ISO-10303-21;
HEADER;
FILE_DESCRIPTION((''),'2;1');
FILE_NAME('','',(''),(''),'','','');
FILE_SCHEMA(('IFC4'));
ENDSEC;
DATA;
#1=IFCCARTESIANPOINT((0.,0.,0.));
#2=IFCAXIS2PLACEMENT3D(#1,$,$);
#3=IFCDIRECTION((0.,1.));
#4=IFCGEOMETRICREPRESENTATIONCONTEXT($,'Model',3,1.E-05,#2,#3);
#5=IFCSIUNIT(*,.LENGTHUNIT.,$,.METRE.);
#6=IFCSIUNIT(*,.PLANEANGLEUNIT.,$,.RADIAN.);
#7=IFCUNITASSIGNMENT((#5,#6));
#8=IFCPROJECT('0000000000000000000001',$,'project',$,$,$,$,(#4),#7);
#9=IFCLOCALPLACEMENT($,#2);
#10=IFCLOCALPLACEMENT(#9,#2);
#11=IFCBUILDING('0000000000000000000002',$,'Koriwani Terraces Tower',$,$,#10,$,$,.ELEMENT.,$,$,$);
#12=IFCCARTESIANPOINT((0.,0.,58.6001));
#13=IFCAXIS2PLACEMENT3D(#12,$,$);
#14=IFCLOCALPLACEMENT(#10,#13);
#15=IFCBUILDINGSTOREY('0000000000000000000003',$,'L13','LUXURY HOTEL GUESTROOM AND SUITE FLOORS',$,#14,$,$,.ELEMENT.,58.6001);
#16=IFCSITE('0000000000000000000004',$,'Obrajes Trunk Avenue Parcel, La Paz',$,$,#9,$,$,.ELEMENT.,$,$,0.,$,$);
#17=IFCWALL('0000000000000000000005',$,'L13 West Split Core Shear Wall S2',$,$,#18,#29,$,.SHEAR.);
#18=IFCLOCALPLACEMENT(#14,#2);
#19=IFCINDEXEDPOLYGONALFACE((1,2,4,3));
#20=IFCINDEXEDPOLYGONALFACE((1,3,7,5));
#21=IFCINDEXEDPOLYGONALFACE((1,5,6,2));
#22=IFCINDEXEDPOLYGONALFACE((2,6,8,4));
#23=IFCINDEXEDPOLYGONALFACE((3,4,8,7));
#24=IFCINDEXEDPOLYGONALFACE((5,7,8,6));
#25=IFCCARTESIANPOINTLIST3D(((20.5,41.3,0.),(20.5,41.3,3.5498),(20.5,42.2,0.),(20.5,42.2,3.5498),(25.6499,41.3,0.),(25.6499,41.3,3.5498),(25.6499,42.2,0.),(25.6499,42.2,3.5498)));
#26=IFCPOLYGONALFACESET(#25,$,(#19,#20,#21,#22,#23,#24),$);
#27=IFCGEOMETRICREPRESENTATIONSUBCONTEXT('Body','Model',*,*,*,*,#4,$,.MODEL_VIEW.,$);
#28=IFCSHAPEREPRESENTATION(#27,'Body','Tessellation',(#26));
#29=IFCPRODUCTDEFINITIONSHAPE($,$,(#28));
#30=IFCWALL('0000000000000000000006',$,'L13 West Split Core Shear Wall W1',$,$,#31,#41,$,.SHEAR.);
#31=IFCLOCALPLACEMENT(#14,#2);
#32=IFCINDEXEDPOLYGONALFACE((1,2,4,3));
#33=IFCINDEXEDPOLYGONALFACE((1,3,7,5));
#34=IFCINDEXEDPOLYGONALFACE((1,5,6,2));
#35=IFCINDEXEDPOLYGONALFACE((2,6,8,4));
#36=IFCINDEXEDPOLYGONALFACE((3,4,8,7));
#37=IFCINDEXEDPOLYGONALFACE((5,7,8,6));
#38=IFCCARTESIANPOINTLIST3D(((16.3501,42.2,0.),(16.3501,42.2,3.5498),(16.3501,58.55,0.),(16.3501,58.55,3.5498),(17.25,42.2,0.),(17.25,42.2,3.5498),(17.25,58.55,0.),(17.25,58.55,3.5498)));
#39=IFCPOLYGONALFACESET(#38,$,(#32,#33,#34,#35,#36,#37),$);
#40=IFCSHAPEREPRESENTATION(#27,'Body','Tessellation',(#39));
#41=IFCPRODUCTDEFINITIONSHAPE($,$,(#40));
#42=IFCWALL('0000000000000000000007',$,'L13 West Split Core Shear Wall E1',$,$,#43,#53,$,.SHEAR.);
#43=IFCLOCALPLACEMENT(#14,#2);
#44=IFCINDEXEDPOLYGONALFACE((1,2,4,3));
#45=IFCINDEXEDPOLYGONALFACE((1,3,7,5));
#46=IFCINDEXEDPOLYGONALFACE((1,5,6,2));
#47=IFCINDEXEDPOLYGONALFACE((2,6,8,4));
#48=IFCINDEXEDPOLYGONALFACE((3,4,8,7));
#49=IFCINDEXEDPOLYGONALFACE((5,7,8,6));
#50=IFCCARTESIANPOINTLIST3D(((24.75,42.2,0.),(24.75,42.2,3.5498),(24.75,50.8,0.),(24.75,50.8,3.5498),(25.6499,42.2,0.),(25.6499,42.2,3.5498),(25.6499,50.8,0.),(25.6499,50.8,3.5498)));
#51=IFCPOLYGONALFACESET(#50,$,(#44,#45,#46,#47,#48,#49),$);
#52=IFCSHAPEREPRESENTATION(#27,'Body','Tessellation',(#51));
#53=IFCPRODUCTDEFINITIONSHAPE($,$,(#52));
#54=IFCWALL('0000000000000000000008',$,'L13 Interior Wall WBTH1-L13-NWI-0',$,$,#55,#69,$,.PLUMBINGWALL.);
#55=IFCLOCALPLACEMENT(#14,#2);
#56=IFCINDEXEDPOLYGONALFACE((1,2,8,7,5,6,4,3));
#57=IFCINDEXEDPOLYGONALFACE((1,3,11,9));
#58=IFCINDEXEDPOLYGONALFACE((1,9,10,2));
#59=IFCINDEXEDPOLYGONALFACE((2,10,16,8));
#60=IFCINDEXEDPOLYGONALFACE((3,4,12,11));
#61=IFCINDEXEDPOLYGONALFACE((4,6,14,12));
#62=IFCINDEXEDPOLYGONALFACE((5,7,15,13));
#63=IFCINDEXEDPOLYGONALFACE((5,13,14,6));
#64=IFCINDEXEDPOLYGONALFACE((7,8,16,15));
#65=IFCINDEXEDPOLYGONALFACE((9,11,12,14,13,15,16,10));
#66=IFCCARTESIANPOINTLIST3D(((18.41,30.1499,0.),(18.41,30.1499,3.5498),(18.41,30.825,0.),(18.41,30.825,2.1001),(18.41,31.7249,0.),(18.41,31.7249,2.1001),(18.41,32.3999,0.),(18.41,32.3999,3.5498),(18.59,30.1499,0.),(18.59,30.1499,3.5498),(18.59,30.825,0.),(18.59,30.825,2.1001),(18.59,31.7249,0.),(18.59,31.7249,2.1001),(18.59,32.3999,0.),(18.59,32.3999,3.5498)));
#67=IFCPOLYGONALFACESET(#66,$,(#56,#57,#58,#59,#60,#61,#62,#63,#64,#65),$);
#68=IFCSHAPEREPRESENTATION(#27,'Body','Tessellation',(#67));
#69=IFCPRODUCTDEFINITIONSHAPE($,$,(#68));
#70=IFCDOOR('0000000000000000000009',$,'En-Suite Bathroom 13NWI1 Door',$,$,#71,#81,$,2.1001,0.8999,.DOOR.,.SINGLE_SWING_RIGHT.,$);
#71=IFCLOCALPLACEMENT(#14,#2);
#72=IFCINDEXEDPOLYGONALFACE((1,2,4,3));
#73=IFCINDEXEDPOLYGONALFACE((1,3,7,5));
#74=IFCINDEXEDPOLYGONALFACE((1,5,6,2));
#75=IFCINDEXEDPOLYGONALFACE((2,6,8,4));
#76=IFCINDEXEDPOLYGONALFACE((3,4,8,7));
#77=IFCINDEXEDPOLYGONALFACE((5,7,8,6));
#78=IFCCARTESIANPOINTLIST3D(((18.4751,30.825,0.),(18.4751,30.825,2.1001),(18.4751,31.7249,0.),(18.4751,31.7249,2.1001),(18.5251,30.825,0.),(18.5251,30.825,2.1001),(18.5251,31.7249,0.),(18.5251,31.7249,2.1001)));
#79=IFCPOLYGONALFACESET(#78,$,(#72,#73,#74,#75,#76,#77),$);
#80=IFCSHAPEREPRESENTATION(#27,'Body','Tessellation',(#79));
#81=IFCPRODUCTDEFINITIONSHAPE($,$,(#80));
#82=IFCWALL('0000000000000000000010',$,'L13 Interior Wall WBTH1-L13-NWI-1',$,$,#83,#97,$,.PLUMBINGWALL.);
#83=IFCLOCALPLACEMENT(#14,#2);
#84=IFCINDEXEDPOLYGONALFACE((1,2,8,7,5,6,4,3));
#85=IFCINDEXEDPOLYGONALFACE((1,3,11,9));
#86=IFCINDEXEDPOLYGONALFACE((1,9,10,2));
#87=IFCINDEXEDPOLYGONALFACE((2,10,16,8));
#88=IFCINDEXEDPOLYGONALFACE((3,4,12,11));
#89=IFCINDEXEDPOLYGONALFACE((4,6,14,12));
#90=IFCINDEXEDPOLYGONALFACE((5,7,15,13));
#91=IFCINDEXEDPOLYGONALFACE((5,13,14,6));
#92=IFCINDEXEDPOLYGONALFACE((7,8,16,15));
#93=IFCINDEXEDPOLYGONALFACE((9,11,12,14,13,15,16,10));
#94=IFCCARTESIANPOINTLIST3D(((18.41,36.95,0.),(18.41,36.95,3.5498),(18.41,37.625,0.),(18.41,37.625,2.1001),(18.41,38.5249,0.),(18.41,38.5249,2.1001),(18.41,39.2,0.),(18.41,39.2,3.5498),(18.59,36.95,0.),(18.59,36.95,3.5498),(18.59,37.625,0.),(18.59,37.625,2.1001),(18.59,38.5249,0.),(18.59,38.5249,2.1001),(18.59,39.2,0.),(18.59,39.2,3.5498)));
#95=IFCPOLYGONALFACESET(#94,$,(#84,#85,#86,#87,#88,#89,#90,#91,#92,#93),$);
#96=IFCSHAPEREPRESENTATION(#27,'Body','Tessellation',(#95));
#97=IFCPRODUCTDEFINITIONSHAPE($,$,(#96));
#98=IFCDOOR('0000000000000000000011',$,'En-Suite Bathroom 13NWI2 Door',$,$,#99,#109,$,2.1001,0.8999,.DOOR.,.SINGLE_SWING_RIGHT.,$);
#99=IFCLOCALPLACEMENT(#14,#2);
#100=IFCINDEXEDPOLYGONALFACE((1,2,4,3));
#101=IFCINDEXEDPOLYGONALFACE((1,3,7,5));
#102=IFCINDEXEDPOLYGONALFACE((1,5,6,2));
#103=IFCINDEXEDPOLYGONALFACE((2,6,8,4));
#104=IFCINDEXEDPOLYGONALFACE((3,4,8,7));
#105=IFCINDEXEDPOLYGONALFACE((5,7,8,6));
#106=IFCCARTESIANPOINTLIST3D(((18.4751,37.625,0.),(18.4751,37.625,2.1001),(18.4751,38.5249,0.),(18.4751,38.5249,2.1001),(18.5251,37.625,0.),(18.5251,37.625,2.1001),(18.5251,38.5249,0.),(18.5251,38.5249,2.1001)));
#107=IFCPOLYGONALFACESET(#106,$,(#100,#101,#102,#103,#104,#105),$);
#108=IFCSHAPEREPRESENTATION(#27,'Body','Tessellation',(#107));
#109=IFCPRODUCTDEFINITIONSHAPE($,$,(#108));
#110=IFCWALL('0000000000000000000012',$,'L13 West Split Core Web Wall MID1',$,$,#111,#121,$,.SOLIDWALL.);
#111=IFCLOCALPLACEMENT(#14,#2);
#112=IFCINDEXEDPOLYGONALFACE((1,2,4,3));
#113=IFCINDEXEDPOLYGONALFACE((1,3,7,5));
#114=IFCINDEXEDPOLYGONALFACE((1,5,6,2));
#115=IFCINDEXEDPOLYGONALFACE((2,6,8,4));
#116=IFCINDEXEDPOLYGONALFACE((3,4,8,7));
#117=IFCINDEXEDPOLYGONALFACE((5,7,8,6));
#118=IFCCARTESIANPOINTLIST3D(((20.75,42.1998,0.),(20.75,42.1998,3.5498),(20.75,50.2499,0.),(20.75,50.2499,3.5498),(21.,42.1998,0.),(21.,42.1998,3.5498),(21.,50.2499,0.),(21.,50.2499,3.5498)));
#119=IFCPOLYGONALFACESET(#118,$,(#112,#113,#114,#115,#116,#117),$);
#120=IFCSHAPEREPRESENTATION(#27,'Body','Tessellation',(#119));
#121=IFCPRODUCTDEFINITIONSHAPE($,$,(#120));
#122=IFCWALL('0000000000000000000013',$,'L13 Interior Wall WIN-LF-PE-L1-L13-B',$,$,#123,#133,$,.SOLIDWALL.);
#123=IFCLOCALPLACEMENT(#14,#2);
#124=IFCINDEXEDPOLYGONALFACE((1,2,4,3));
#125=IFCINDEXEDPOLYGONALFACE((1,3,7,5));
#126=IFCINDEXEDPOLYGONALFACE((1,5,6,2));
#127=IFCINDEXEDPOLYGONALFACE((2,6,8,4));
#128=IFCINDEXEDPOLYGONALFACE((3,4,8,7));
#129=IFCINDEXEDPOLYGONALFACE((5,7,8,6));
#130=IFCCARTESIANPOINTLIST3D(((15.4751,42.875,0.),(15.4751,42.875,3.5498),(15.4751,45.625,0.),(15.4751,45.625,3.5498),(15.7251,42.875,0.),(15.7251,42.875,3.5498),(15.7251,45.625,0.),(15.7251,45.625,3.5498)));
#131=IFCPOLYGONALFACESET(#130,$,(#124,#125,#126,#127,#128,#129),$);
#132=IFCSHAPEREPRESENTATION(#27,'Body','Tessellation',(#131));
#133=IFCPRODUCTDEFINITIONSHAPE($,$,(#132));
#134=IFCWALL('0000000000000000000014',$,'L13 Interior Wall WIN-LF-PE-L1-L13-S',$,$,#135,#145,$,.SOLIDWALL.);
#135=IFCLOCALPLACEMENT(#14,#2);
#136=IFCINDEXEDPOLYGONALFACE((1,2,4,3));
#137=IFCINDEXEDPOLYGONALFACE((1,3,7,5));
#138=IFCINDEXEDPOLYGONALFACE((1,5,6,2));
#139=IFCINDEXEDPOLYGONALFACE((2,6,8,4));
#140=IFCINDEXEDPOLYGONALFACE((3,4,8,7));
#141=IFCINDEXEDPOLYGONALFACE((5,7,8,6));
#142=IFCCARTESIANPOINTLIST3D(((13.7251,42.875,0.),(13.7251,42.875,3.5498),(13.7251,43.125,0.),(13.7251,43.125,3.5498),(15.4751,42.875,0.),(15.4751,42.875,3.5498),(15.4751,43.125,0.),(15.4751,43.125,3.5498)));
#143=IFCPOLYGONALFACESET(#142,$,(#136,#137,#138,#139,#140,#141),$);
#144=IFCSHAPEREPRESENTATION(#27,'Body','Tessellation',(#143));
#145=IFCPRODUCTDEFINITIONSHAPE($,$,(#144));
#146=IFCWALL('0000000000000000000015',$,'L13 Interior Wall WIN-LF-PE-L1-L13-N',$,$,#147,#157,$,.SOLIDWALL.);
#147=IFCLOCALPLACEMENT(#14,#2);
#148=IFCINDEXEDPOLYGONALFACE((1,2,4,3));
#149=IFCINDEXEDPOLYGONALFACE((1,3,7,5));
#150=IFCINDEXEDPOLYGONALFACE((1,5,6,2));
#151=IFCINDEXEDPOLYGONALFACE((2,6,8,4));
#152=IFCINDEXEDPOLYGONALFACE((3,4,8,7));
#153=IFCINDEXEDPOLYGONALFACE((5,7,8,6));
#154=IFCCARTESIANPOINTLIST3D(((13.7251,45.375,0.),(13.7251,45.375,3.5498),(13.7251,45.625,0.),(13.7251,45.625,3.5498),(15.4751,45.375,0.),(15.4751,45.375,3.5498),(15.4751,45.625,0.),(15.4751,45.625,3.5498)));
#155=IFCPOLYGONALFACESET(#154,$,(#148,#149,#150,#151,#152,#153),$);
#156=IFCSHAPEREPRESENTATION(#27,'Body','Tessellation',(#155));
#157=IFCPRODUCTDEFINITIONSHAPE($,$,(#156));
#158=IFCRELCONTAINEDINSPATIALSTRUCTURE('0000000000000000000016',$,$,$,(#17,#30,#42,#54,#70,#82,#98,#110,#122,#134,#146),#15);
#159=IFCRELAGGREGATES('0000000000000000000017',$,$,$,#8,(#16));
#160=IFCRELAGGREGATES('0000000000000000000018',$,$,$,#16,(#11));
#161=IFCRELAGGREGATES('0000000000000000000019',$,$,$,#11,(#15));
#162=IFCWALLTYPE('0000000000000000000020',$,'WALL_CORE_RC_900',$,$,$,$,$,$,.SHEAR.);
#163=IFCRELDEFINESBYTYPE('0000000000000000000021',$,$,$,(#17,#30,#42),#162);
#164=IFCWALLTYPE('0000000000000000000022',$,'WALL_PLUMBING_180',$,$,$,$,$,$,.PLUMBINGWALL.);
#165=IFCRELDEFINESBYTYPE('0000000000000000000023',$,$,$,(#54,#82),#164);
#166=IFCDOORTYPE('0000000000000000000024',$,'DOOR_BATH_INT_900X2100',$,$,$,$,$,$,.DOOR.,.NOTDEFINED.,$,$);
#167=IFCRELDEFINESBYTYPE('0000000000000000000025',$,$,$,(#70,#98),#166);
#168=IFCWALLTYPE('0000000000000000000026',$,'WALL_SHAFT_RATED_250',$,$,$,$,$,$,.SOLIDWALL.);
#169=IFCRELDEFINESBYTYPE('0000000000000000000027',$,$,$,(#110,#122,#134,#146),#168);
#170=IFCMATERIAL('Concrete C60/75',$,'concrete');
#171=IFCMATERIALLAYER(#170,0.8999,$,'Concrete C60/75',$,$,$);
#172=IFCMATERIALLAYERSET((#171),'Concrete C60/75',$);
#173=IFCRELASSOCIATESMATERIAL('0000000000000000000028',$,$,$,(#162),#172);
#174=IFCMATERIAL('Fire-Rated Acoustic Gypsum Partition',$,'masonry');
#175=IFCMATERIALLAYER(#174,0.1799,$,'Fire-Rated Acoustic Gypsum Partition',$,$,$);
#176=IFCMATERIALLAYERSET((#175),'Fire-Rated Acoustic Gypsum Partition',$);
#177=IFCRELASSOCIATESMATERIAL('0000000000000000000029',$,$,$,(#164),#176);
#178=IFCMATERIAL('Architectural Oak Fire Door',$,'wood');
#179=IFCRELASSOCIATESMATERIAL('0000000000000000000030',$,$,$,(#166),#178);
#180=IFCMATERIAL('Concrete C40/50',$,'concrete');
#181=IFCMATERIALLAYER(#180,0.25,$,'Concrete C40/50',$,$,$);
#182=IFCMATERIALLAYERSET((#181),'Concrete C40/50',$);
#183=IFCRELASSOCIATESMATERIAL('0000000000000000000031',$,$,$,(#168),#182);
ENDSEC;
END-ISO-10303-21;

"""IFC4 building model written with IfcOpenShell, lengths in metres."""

from ifc_helpers import new_model, si_unit, direction, frame, frame_2d, origin, place, context, subcontext, project, spatial, rectangle, extrude, material, layer, layer_set, type_object, element, fill, save


model = new_model("IFC4")

# Units and contexts
model_context = context("Model", 3, precision=1e-05, world=origin(), true_north=direction((0.0, 1.0)))
body_context = subcontext(model_context, "Body", "Model", "MODEL_VIEW")
ifc_project = project(units=[si_unit("LENGTHUNIT", "METRE"), si_unit("PLANEANGLEUNIT", "RADIAN")], contexts=[model_context])

# Site, building, storey
site_placement = place(None, origin())
site = spatial("IfcSite", under=ifc_project, at=site_placement, Name="Obrajes Trunk Avenue Parcel, La Paz", CompositionType="ELEMENT", RefElevation=0.0)
building_placement = place(site_placement, origin())
building = spatial("IfcBuilding", under=site, at=building_placement, Name="Koriwani Terraces Tower", CompositionType="ELEMENT")
storey_placement = place(building_placement, frame((0.0, 0.0, 58.6001)))
storey = spatial("IfcBuildingStorey", under=building, at=storey_placement, Name="L13", Description="LUXURY HOTEL GUESTROOM AND SUITE FLOORS", CompositionType="ELEMENT", Elevation=58.6001)

# Shared definitions
ifc_material_1 = material(Name="Concrete C60/75", Category="concrete")

# Shared definitions
ifc_material_2 = material(Name="Concrete C40/50", Category="concrete")

# Walls
ifc_layer_1 = layer(ifc_material_1, 0.8999, Name="Concrete C60/75")
ifc_layer_set_1 = layer_set([ifc_layer_1], Name="Concrete C60/75")
wall_type_1 = type_object("IfcWallType", Name="WALL_CORE_RC_900", PredefinedType="SHEAR", material=ifc_layer_set_1)
wall_1_placement = place(storey_placement, frame((20.5, 41.75, 0.0), z_axis=(0.0, 0.0, 1.0), x_axis=(1.0, 0.0, 0.0)))
element("IfcWall", 1, at=wall_1_placement, inside=storey, type_object=wall_type_1, Name="L13 West Split Core Shear Wall S2", PredefinedType="SHEAR", context=body_context, shape_type="SweptSolid", body=[
    extrude(rectangle(XDim=5.1499, YDim=0.8999, at=frame_2d((2.575, 0.0))), origin(), (0.0, 0.0, 1.0), 3.5498),
])
wall_2_placement = place(storey_placement, frame((16.8, 42.2, 0.0), z_axis=(0.0, 0.0, 1.0), x_axis=(0.0, 1.0, 0.0)))
element("IfcWall", 2, at=wall_2_placement, inside=storey, type_object=wall_type_1, Name="L13 West Split Core Shear Wall W1", PredefinedType="SHEAR", context=body_context, shape_type="SweptSolid", body=[
    extrude(rectangle(XDim=16.3501, YDim=0.8999, at=frame_2d((8.175, 0.0))), origin(), (0.0, 0.0, 1.0), 3.5498),
])
wall_3_placement = place(storey_placement, frame((25.2, 42.2, 0.0), z_axis=(0.0, 0.0, 1.0), x_axis=(0.0, 1.0, 0.0)))
element("IfcWall", 3, at=wall_3_placement, inside=storey, type_object=wall_type_1, Name="L13 West Split Core Shear Wall E1", PredefinedType="SHEAR", context=body_context, shape_type="SweptSolid", body=[
    extrude(rectangle(XDim=8.6001, YDim=0.8999, at=frame_2d((4.3, 0.0))), origin(), (0.0, 0.0, 1.0), 3.5498),
])

# Walls, openings, doors
ifc_material_3 = material(Name="Fire-Rated Acoustic Gypsum Partition", Category="masonry")
ifc_layer_2 = layer(ifc_material_3, 0.1799, Name="Fire-Rated Acoustic Gypsum Partition")
ifc_layer_set_2 = layer_set([ifc_layer_2], Name="Fire-Rated Acoustic Gypsum Partition")
wall_type_2 = type_object("IfcWallType", Name="WALL_PLUMBING_180", PredefinedType="PLUMBINGWALL", material=ifc_layer_set_2)
wall_4_placement = place(storey_placement, frame((18.5, 30.1499, 0.0), z_axis=(0.0, 0.0, 1.0), x_axis=(0.0, 1.0, 0.0)))
wall_4 = element("IfcWall", 4, at=wall_4_placement, inside=storey, type_object=wall_type_2, Name="L13 Interior Wall WBTH1-L13-NWI-0", PredefinedType="PLUMBINGWALL", context=body_context, shape_type="SweptSolid", body=[
    extrude(rectangle(XDim=2.25, YDim=0.1799, at=frame_2d((1.125, 0.0))), origin(), (0.0, 0.0, 1.0), 3.5498),
])
opening_1_placement = place(wall_4_placement, frame((0.675, 0.0, 0.0)))
opening_1 = element("IfcOpeningElement", 5, at=opening_1_placement, cuts=wall_4, PredefinedType="OPENING", context=body_context, shape_type="SweptSolid", body=[
    extrude(rectangle(XDim=0.8999, YDim=2.1001, at=frame_2d((0.45, 1.05))), frame((0.0, 0.1001, 0.0), z_axis=(0.0, -1.0, 0.0), x_axis=(1.0, 0.0, 0.0)), (0.0, 0.0, 1.0), 0.2),
])
ifc_material_4 = material(Name="Architectural Oak Fire Door", Category="wood")
door_type_1 = type_object("IfcDoorType", Name="DOOR_BATH_INT_900X2100", OperationType="NOTDEFINED", PredefinedType="DOOR", material=ifc_material_4)
door_1_placement = place(opening_1_placement, origin())
door_1 = element("IfcDoor", 6, at=door_1_placement, inside=storey, type_object=door_type_1, Name="En-Suite Bathroom 13NWI1 Door", OperationType="SINGLE_SWING_RIGHT", OverallHeight=2.1001, OverallWidth=0.8999, PredefinedType="DOOR", context=body_context, shape_type="SweptSolid", body=[
    extrude(rectangle(XDim=0.8999, YDim=2.1001, at=frame_2d((0.45, 1.05))), frame((0.0, 0.0249, 0.0), z_axis=(0.0, -1.0, 0.0), x_axis=(1.0, 0.0, 0.0)), (0.0, 0.0, 1.0), 0.05),
])
fill(opening_1, door_1)
wall_5_placement = place(storey_placement, frame((18.5, 36.95, 0.0), z_axis=(0.0, 0.0, 1.0), x_axis=(0.0, 1.0, 0.0)))
wall_5 = element("IfcWall", 7, at=wall_5_placement, inside=storey, type_object=wall_type_2, Name="L13 Interior Wall WBTH1-L13-NWI-1", PredefinedType="PLUMBINGWALL", context=body_context, shape_type="SweptSolid", body=[
    extrude(rectangle(XDim=2.25, YDim=0.1799, at=frame_2d((1.125, 0.0))), origin(), (0.0, 0.0, 1.0), 3.5498),
])
opening_2_placement = place(wall_5_placement, frame((0.675, 0.0, 0.0)))
opening_2 = element("IfcOpeningElement", 8, at=opening_2_placement, cuts=wall_5, PredefinedType="OPENING", context=body_context, shape_type="SweptSolid", body=[
    extrude(rectangle(XDim=0.8999, YDim=2.1001, at=frame_2d((0.45, 1.05))), frame((0.0, 0.1001, 0.0), z_axis=(0.0, -1.0, 0.0), x_axis=(1.0, 0.0, 0.0)), (0.0, 0.0, 1.0), 0.2),
])
door_2_placement = place(opening_2_placement, origin())
door_2 = element("IfcDoor", 9, at=door_2_placement, inside=storey, type_object=door_type_1, Name="En-Suite Bathroom 13NWI2 Door", OperationType="SINGLE_SWING_RIGHT", OverallHeight=2.1001, OverallWidth=0.8999, PredefinedType="DOOR", context=body_context, shape_type="SweptSolid", body=[
    extrude(rectangle(XDim=0.8999, YDim=2.1001, at=frame_2d((0.45, 1.05))), frame((0.0, 0.0249, 0.0), z_axis=(0.0, -1.0, 0.0), x_axis=(1.0, 0.0, 0.0)), (0.0, 0.0, 1.0), 0.05),
])
fill(opening_2, door_2)

# Wall
ifc_layer_3 = layer(ifc_material_2, 0.25, Name="Concrete C40/50")
ifc_layer_set_3 = layer_set([ifc_layer_3], Name="Concrete C40/50")
wall_type_3 = type_object("IfcWallType", Name="WALL_SHAFT_RATED_250", PredefinedType="SOLIDWALL", material=ifc_layer_set_3)
wall_6_placement = place(storey_placement, frame((20.875, 42.2, 0.0), z_axis=(0.0, 0.0, 1.0), x_axis=(0.0, 1.0, 0.0)))
element("IfcWall", 10, at=wall_6_placement, inside=storey, type_object=wall_type_3, Name="L13 West Split Core Web Wall MID1", PredefinedType="SOLIDWALL", context=body_context, shape_type="SweptSolid", body=[
    extrude(rectangle(XDim=8.05, YDim=0.25, at=frame_2d((4.0249, 0.0))), origin(), (0.0, 0.0, 1.0), 3.5498),
])

# Walls
wall_7_placement = place(storey_placement, frame((15.6001, 42.875, 0.0), z_axis=(0.0, 0.0, 1.0), x_axis=(0.0, 1.0, 0.0)))
element("IfcWall", 11, at=wall_7_placement, inside=storey, type_object=wall_type_3, Name="L13 Interior Wall WIN-LF-PE-L1-L13-B", PredefinedType="SOLIDWALL", context=body_context, shape_type="SweptSolid", body=[
    extrude(rectangle(XDim=2.75, YDim=0.25, at=frame_2d((1.375, 0.0))), origin(), (0.0, 0.0, 1.0), 3.5498),
])
for number, where, z_axis, x_axis, name in (
    (12, (13.7251, 43.0, 0.0), (0.0, 0.0, 1.0), (1.0, 0.0, 0.0), "L13 Interior Wall WIN-LF-PE-L1-L13-S"),
    (13, (13.7251, 45.5, 0.0), (0.0, 0.0, 1.0), (1.0, 0.0, 0.0), "L13 Interior Wall WIN-LF-PE-L1-L13-N"),
):
    element("IfcWall", number, at=place(storey_placement, frame(where, z_axis=z_axis, x_axis=x_axis)), inside=storey, type_object=wall_type_3, Name=name, PredefinedType="SOLIDWALL", context=body_context, shape_type="SweptSolid", body=[
        extrude(rectangle(XDim=1.75, YDim=0.25, at=frame_2d((0.875, 0.0))), origin(), (0.0, 0.0, 1.0), 3.5498),
    ])

save(model, "model.ifc")
